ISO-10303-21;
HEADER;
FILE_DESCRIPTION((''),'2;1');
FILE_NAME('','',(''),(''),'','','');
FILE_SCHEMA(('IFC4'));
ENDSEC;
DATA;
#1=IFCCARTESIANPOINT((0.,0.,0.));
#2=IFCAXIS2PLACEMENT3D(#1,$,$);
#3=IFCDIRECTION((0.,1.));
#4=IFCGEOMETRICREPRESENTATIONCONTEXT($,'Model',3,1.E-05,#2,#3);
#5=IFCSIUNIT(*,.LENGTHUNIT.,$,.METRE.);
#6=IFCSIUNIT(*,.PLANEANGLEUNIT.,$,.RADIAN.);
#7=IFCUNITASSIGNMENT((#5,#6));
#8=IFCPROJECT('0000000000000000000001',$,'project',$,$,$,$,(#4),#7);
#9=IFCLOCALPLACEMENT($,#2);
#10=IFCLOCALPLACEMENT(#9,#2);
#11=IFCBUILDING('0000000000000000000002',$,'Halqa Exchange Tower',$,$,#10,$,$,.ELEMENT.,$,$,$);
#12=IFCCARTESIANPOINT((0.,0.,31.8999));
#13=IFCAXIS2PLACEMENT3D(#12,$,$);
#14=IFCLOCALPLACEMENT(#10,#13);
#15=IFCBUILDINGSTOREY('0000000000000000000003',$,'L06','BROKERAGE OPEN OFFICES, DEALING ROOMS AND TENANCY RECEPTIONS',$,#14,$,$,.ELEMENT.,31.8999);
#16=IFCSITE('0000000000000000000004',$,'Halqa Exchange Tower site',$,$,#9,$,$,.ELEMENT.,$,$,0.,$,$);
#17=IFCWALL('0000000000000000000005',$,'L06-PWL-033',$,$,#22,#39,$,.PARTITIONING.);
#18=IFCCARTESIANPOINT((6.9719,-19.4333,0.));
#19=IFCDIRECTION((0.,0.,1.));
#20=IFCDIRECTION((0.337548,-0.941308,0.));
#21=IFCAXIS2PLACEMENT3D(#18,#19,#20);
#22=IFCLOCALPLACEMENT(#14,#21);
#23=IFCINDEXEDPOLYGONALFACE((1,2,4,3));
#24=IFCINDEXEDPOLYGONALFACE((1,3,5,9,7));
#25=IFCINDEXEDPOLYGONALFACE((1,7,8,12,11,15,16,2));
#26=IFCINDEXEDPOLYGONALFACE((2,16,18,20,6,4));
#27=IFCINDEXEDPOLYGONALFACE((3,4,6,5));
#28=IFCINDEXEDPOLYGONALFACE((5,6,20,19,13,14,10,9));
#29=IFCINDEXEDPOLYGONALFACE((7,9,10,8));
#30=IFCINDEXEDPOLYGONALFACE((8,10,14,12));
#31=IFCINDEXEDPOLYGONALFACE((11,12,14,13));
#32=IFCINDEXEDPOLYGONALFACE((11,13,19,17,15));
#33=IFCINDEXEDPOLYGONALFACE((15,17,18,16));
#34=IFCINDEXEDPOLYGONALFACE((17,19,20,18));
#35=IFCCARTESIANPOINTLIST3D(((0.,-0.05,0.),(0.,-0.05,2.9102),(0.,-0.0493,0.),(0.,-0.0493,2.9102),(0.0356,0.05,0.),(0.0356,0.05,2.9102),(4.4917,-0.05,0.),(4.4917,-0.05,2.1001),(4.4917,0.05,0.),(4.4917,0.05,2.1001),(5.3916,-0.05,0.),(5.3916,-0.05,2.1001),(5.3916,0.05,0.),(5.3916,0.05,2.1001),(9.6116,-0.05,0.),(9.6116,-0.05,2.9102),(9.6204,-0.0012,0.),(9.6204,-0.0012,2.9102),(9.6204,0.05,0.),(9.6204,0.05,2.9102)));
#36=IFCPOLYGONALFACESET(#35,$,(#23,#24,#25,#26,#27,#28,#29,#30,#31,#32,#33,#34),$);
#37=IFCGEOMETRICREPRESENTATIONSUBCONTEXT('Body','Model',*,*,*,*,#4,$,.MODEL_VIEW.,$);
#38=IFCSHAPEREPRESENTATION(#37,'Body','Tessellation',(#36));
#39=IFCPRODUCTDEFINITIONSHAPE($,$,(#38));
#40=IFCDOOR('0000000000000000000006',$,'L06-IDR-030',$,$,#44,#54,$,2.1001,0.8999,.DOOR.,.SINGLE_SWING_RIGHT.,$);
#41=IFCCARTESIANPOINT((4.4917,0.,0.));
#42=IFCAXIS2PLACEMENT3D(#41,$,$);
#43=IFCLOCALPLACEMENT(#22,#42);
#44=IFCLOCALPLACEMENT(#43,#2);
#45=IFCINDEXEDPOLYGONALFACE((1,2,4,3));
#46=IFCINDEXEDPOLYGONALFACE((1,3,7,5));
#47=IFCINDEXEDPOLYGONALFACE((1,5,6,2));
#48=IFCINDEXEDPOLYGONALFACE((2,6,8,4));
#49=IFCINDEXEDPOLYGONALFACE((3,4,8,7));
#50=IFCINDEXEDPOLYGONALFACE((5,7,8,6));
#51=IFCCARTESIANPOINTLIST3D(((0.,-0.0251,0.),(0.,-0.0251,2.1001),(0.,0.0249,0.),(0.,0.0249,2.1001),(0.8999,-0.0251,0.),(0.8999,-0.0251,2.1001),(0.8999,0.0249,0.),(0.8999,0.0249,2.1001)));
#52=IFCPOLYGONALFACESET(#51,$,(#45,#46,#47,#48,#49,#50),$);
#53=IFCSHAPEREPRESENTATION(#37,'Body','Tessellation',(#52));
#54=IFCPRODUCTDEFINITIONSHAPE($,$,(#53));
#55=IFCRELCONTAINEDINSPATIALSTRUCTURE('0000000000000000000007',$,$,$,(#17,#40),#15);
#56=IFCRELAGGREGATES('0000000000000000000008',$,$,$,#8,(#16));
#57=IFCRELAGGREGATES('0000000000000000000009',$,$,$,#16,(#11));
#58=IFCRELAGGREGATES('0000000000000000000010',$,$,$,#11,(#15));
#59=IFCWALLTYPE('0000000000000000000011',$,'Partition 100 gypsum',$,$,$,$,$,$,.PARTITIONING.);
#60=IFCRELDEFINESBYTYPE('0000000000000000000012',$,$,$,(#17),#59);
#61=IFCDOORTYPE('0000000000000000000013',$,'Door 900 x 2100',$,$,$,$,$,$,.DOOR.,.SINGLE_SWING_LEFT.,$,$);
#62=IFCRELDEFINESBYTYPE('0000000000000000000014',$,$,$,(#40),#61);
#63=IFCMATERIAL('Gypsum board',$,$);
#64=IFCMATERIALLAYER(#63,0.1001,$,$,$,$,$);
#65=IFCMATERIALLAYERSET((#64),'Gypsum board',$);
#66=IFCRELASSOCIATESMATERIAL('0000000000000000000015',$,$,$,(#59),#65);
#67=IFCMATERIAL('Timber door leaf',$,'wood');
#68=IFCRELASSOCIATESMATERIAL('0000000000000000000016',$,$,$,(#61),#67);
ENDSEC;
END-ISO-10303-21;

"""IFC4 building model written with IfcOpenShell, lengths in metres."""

from ifc_helpers import new_model, si_unit, direction, frame, frame_2d, origin, place, context, subcontext, project, spatial, polyline, rectangle, outline, extrude, material, layer, layer_set, type_object, element, fill, save


model = new_model("IFC4")

# Units and contexts
model_context = context("Model", 3, precision=1e-05, world=origin(), true_north=direction((0.0, 1.0)))
body_context = subcontext(model_context, "Body", "Model", "MODEL_VIEW")
ifc_project = project(units=[si_unit("LENGTHUNIT", "METRE"), si_unit("PLANEANGLEUNIT", "RADIAN")], contexts=[model_context])

# Site, building, storey
site_placement = place(None, origin())
site = spatial("IfcSite", under=ifc_project, at=site_placement, Name="Halqa Exchange Tower site", CompositionType="ELEMENT", RefElevation=0.0)
building_placement = place(site_placement, origin())
building = spatial("IfcBuilding", under=site, at=building_placement, Name="Halqa Exchange Tower", CompositionType="ELEMENT")
storey_placement = place(building_placement, frame((0.0, 0.0, 31.8999)))
storey = spatial("IfcBuildingStorey", under=building, at=storey_placement, Name="L06", Description="BROKERAGE OPEN OFFICES, DEALING ROOMS AND TENANCY RECEPTIONS", CompositionType="ELEMENT", Elevation=31.8999)

# Shared definitions
ifc_material_1 = material(Name="Gypsum board")
ifc_layer_1 = layer(ifc_material_1, 0.1001)
ifc_layer_set_1 = layer_set([ifc_layer_1], Name="Gypsum board")
wall_type_1 = type_object("IfcWallType", Name="Partition 100 gypsum", PredefinedType="PARTITIONING", material=ifc_layer_set_1)

# Wall, opening, door
wall_1_placement = place(storey_placement, frame((6.9719, -19.4333, 0.0), z_axis=(0.0, 0.0, 1.0), x_axis=(0.337548, -0.941308, 0.0)))
wall_1 = element("IfcWall", 1, at=wall_1_placement, inside=storey, type_object=wall_type_1, Name="L06-PWL-033", PredefinedType="PARTITIONING", context=body_context, shape_type="SweptSolid", body=[
    extrude(outline(polyline([(0.0, -0.05), (1.9224, -0.05), (3.8447, -0.05), (5.7668, -0.05), (7.6892, -0.05), (9.6116, -0.05), (9.6204, -0.0012), (9.6204, 0.0022), (9.6204, 0.05), (7.7034, 0.05), (5.7864, 0.05), (3.8696, 0.05), (1.9526, 0.05), (0.0356, 0.05), (0.0, -0.0493), (0.0, -0.05)])), origin(), (0.0, 0.0, 1.0), 2.9102),
])
opening_1_placement = place(wall_1_placement, frame((4.4917, 0.0, 0.0)))
opening_1 = element("IfcOpeningElement", 2, at=opening_1_placement, cuts=wall_1, PredefinedType="OPENING", context=body_context, shape_type="SweptSolid", body=[
    extrude(rectangle(XDim=0.8999, YDim=2.1001, at=frame_2d((0.45, 1.05))), frame((0.0, 0.062, 0.0), z_axis=(0.0, -1.0, 0.0), x_axis=(1.0, 0.0, 0.0)), (0.0, 0.0, 1.0), 0.124),
])
ifc_material_2 = material(Name="Timber door leaf", Category="wood")
door_type_1 = type_object("IfcDoorType", Name="Door 900 x 2100", OperationType="SINGLE_SWING_LEFT", PredefinedType="DOOR", material=ifc_material_2)
door_1_placement = place(opening_1_placement, origin())
door_1 = element("IfcDoor", 3, at=door_1_placement, inside=storey, type_object=door_type_1, Name="L06-IDR-030", OperationType="SINGLE_SWING_RIGHT", OverallHeight=2.1001, OverallWidth=0.8999, PredefinedType="DOOR", context=body_context, shape_type="SweptSolid", body=[
    extrude(rectangle(XDim=0.8999, YDim=2.1001, at=frame_2d((0.45, 1.05))), frame((0.0, 0.0249, 0.0), z_axis=(0.0, -1.0, 0.0), x_axis=(1.0, 0.0, 0.0)), (0.0, 0.0, 1.0), 0.05),
])
fill(opening_1, door_1)

save(model, "model.ifc")
